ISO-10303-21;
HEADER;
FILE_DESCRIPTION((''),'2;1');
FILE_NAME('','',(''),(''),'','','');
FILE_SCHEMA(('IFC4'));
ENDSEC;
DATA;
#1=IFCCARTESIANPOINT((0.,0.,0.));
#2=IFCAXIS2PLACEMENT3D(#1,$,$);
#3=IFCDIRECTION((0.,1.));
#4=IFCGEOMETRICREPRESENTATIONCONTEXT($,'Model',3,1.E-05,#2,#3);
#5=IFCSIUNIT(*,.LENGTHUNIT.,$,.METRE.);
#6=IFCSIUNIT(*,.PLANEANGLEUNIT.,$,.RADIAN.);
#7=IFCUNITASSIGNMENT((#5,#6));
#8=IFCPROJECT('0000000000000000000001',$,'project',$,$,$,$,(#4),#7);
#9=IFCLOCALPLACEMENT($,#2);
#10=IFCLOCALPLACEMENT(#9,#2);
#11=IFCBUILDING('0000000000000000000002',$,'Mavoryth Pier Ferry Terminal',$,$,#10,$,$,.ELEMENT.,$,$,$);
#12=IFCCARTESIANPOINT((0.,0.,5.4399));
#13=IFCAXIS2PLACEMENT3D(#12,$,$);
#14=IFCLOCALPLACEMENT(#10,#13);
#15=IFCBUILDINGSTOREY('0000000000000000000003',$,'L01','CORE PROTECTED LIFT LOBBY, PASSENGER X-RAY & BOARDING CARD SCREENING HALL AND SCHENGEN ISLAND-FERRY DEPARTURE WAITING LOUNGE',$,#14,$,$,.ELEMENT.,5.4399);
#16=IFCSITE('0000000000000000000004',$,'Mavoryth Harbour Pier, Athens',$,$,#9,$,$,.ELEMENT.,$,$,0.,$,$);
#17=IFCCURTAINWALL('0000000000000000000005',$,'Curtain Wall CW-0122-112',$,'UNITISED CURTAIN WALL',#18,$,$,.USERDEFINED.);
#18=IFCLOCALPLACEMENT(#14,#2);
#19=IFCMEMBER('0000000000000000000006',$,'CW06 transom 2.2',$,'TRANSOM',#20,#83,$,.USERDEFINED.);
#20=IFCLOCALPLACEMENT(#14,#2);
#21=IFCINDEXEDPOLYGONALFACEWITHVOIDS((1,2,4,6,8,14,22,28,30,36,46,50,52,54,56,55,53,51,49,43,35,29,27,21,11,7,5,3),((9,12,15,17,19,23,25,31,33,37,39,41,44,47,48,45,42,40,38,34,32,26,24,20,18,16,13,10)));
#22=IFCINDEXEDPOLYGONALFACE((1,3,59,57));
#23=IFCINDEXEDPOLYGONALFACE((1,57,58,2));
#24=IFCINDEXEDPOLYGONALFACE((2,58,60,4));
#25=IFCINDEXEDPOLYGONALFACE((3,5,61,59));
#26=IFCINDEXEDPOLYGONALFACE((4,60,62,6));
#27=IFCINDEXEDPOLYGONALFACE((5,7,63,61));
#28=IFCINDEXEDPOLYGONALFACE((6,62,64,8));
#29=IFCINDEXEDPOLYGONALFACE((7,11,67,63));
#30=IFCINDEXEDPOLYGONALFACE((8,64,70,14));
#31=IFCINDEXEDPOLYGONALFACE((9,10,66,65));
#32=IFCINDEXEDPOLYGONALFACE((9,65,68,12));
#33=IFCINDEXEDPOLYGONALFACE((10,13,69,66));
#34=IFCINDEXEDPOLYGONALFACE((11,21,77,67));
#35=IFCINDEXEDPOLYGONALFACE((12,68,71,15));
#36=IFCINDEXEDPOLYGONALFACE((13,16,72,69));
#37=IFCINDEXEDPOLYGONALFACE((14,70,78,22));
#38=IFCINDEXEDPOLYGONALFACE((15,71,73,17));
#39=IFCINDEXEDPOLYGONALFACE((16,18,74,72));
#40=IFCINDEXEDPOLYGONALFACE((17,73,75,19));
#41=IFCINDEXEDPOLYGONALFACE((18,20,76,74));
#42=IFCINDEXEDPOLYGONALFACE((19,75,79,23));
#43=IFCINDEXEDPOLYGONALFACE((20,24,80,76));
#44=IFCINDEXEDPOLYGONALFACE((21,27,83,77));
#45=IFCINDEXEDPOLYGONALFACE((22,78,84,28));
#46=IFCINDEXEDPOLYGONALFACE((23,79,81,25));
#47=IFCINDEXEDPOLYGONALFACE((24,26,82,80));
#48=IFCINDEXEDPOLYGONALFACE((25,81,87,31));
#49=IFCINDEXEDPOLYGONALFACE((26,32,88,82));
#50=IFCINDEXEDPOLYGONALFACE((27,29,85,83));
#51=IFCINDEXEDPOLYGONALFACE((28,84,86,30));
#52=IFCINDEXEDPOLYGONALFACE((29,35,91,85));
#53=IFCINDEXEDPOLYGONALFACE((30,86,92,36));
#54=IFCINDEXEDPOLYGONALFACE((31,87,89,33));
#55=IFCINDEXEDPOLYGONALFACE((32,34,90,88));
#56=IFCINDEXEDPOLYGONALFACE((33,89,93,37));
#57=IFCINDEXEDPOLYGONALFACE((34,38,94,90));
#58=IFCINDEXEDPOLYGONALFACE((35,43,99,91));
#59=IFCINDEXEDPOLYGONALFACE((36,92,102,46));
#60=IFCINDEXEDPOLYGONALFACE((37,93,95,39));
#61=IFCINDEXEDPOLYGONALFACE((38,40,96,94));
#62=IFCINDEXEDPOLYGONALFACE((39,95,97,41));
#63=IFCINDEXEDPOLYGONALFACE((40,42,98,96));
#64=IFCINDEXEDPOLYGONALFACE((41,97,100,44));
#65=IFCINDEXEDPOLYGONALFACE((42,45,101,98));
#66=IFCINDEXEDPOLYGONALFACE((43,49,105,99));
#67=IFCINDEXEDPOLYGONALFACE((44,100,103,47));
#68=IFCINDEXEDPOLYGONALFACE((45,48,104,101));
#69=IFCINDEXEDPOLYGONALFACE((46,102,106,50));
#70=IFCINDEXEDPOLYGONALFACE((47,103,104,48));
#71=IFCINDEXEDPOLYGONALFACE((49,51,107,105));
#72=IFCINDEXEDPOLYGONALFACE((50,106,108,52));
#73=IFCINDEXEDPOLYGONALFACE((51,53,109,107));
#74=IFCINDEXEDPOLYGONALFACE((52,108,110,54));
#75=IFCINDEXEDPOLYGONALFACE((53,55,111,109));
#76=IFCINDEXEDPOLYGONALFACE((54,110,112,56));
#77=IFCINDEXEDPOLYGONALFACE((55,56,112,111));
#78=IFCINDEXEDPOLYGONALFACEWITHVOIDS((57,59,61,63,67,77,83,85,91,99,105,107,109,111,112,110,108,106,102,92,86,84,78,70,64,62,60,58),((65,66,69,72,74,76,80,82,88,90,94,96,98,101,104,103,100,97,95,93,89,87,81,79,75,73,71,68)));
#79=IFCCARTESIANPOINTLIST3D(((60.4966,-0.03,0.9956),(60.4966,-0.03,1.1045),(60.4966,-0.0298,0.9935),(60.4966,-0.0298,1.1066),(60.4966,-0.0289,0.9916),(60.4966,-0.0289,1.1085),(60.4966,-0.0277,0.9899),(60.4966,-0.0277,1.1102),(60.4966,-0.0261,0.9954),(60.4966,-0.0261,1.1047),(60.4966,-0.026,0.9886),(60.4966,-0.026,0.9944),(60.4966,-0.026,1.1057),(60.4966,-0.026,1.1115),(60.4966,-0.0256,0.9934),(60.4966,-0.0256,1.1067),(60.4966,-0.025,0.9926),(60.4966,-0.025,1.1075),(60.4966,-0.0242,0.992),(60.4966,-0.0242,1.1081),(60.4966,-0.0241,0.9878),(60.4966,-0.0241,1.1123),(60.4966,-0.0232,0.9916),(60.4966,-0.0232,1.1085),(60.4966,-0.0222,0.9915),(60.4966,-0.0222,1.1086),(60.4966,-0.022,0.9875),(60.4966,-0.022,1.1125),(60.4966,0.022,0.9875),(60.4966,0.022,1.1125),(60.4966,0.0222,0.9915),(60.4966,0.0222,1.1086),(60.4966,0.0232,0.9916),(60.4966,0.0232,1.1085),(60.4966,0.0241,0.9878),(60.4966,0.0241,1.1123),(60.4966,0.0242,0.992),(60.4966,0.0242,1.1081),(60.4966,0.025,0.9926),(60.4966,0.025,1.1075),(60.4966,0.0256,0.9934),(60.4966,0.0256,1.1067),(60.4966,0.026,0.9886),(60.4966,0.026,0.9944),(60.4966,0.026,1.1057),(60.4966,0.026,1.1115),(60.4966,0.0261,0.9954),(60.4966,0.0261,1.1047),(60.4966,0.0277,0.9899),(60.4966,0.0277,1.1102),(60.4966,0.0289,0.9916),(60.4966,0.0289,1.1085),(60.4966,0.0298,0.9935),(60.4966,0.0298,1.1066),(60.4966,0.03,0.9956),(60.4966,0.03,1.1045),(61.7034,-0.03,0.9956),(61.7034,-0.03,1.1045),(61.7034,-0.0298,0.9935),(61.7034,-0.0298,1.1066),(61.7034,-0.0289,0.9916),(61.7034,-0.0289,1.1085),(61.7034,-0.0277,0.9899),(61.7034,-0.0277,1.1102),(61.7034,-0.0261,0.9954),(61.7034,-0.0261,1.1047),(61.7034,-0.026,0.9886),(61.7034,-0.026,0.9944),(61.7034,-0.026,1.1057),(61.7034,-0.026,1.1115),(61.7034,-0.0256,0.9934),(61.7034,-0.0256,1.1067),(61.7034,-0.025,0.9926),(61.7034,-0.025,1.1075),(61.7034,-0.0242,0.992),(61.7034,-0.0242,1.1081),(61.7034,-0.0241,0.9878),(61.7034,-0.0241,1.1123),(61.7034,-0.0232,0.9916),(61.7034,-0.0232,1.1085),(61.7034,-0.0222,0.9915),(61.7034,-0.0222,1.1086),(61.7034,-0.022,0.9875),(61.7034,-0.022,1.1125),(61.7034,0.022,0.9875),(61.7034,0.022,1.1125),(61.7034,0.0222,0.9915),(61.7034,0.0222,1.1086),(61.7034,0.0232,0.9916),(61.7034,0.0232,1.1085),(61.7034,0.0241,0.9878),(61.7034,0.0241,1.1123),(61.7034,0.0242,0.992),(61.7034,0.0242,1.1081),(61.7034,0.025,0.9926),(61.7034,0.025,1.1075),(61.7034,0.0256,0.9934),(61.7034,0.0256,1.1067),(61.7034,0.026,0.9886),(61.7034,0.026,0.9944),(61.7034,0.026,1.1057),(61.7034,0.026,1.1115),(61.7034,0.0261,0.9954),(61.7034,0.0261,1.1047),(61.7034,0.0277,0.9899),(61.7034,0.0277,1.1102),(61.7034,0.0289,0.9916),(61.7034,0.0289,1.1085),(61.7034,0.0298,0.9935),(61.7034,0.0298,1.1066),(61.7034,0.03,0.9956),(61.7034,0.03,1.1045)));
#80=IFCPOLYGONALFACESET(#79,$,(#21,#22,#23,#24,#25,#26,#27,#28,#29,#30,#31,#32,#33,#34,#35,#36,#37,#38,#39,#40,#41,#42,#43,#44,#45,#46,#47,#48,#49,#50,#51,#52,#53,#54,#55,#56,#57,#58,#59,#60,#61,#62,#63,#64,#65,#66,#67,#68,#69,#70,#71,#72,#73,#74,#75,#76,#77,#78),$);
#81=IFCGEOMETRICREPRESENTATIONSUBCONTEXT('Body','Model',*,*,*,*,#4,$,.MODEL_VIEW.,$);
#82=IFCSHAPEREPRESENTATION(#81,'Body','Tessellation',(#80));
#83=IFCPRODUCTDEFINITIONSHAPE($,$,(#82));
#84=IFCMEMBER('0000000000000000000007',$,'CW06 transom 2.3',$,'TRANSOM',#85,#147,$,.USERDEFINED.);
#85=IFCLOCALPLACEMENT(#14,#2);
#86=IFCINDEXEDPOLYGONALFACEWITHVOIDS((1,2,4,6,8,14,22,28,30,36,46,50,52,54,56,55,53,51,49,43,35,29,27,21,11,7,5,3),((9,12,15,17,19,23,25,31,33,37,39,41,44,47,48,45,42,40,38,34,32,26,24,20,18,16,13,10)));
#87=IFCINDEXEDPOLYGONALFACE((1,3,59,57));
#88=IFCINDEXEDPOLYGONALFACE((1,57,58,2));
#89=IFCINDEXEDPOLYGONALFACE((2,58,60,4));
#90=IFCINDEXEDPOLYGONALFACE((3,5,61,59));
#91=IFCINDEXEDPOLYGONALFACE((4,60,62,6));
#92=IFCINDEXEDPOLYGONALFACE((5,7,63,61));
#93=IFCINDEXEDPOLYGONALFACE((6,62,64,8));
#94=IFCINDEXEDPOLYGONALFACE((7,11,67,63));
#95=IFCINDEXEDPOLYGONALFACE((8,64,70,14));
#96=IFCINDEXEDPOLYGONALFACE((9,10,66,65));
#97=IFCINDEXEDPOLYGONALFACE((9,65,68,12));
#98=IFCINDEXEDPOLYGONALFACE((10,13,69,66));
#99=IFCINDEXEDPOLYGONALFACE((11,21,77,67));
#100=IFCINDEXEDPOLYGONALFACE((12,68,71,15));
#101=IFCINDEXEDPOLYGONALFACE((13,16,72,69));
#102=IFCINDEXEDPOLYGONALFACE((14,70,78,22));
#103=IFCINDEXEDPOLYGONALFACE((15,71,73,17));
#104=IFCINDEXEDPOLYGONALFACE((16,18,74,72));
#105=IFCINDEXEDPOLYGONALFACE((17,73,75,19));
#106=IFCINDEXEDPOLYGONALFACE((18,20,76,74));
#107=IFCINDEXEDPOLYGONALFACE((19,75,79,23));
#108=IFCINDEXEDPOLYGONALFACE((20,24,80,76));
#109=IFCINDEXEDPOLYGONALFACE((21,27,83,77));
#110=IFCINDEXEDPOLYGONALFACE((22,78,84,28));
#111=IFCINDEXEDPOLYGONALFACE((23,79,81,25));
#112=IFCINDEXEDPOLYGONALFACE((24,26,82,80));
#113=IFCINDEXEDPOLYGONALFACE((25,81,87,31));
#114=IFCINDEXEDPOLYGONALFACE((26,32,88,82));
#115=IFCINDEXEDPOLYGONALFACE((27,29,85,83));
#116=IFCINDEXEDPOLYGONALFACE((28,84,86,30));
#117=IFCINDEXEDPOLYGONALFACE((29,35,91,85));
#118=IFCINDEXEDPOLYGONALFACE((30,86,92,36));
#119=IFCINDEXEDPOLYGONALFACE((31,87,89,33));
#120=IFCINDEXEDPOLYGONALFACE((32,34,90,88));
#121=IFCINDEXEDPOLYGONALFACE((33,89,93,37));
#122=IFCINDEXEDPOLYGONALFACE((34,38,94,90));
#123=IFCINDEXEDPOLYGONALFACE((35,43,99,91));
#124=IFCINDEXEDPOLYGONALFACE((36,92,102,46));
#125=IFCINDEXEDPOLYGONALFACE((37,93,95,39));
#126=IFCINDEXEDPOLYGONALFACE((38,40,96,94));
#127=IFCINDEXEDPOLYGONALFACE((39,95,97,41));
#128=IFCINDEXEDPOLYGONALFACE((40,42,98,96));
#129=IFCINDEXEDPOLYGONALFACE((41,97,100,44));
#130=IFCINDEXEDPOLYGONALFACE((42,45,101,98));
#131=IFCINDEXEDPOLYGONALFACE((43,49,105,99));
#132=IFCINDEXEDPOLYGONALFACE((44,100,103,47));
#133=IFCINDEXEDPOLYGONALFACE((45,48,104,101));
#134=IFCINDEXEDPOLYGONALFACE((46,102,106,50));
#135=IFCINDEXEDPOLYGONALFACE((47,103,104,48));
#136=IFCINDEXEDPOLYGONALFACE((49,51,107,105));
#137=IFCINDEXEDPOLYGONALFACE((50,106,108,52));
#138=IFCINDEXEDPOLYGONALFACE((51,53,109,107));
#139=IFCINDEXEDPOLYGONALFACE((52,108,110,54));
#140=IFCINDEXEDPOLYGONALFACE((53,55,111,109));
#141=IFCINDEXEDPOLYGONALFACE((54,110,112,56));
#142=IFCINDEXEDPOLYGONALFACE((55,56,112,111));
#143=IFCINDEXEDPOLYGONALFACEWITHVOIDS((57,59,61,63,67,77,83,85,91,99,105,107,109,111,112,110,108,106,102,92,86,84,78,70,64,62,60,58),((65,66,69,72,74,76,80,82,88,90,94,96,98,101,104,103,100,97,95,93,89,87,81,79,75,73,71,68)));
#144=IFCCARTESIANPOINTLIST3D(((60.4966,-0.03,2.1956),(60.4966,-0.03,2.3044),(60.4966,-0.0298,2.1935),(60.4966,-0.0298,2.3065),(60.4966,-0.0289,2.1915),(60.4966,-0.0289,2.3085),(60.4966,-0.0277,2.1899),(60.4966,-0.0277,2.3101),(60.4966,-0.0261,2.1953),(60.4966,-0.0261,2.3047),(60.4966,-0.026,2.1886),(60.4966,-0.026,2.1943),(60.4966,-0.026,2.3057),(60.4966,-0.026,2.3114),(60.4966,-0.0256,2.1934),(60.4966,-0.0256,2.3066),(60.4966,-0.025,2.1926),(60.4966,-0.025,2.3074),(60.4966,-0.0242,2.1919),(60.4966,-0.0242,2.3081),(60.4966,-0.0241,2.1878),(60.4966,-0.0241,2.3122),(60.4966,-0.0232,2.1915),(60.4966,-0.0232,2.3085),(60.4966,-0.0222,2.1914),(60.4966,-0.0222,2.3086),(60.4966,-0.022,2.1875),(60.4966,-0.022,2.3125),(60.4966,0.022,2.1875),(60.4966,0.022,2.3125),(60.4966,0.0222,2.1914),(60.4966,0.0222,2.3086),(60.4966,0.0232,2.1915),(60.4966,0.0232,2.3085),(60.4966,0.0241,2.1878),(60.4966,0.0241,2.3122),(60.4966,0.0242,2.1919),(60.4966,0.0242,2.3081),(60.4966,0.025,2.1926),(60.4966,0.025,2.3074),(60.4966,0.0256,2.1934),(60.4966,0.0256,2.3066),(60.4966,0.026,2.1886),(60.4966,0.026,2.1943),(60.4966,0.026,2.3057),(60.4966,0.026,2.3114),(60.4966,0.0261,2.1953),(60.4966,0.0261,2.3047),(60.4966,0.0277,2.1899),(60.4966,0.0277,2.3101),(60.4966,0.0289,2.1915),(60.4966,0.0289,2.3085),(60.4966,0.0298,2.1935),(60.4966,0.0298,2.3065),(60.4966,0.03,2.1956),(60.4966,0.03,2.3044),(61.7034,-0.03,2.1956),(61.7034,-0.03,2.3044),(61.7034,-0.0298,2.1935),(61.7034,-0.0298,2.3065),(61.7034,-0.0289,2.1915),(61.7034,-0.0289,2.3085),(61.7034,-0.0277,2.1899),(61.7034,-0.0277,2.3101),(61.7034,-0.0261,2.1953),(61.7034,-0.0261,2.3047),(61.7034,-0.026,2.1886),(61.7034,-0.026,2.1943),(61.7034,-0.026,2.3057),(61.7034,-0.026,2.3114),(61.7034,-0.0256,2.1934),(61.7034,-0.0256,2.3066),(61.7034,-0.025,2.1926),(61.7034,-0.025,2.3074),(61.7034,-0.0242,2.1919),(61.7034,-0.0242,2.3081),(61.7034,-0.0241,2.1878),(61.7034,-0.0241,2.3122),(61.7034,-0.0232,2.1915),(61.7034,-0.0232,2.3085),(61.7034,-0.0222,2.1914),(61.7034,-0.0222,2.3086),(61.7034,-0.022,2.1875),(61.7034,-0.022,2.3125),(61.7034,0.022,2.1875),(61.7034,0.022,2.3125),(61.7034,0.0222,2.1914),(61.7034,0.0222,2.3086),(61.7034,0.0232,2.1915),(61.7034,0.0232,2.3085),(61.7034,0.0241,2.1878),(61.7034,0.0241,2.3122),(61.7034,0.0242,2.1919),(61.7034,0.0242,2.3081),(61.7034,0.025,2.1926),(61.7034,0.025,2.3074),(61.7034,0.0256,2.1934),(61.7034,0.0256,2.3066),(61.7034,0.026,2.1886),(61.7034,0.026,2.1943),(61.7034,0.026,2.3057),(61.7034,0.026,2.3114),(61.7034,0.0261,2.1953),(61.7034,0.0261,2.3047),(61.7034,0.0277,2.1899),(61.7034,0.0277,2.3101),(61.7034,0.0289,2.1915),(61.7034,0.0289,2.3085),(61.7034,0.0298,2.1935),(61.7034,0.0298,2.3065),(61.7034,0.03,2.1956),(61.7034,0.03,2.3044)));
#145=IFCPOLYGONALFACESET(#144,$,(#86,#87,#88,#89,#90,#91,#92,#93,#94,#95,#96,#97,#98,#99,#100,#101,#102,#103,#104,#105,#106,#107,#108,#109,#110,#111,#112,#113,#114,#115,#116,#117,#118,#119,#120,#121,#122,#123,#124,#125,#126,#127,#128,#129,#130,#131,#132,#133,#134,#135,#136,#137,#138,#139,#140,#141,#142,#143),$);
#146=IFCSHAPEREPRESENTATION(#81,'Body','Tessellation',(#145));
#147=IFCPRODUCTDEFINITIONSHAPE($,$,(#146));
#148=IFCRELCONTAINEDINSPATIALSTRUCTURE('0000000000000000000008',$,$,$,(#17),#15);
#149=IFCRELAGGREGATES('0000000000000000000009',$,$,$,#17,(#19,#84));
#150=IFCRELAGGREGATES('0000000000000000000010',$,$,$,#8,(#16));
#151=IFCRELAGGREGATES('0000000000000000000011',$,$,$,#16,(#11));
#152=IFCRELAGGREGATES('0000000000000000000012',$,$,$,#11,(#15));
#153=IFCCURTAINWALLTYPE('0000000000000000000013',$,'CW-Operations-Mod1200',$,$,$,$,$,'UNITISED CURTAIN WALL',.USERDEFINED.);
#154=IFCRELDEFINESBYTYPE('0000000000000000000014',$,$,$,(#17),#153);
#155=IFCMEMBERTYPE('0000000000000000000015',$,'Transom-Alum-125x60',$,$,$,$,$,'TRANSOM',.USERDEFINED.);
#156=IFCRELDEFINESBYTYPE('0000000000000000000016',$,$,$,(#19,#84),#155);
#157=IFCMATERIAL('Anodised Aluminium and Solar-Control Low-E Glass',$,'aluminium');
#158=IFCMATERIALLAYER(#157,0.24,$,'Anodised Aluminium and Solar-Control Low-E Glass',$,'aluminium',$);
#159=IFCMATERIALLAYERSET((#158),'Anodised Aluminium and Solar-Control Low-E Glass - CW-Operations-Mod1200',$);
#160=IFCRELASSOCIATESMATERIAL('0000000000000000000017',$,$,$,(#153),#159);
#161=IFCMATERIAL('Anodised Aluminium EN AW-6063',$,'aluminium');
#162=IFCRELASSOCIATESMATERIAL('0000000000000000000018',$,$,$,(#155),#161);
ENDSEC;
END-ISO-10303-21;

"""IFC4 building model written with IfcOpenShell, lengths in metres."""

from ifc_helpers import new_model, si_unit, direction, frame, origin, origin_2d, place, context, subcontext, project, spatial, hollow_rectangle, extrude, material, layer, layer_set, material_profile, profile_set, type_object, element, aggregate, save


model = new_model("IFC4")

# Units and contexts
model_context = context("Model", 3, precision=1e-05, world=origin(), true_north=direction((0.0, 1.0)))
body_context = subcontext(model_context, "Body", "Model", "MODEL_VIEW")
ifc_project = project(units=[si_unit("LENGTHUNIT", "METRE"), si_unit("PLANEANGLEUNIT", "RADIAN")], contexts=[model_context])

# Site, building, storey
site_placement = place(None, origin())
site = spatial("IfcSite", under=ifc_project, at=site_placement, Name="Mavoryth Harbour Pier, Athens", CompositionType="ELEMENT", RefElevation=0.0)
building_placement = place(site_placement, origin())
building = spatial("IfcBuilding", under=site, at=building_placement, Name="Mavoryth Pier Ferry Terminal", CompositionType="ELEMENT")
storey_placement = place(building_placement, frame((0.0, 0.0, 5.4399)))
storey = spatial("IfcBuildingStorey", under=building, at=storey_placement, Name="L01", Description="CORE PROTECTED LIFT LOBBY, PASSENGER X-RAY & BOARDING CARD SCREENING HALL AND SCHENGEN ISLAND-FERRY DEPARTURE WAITING LOUNGE", CompositionType="ELEMENT", Elevation=5.4399)

# Curtain wall, members
ifc_material_1 = material(Name="Anodised Aluminium and Solar-Control Low-E Glass", Category="aluminium")
ifc_layer_1 = layer(ifc_material_1, 0.24, Name="Anodised Aluminium and Solar-Control Low-E Glass", Category="aluminium")
ifc_layer_set_1 = layer_set([ifc_layer_1], Name="Anodised Aluminium and Solar-Control Low-E Glass - CW-Operations-Mod1200")
curtain_wall_type = type_object("IfcCurtainWallType", Name="CW-Operations-Mod1200", ElementType="UNITISED CURTAIN WALL", PredefinedType="USERDEFINED", material=ifc_layer_set_1)
curtain_wall_placement = place(storey_placement, origin())
curtain_wall = element("IfcCurtainWall", 1, at=curtain_wall_placement, inside=storey, type_object=curtain_wall_type, Name="Curtain Wall CW-0122-112", ObjectType="UNITISED CURTAIN WALL", PredefinedType="USERDEFINED")
ifc_material_2 = material(Name="Anodised Aluminium EN AW-6063", Category="aluminium")
ifc_material_profile_1 = material_profile(ifc_material_2, hollow_rectangle(XDim=0.0601, YDim=0.125, WallThickness=0.0039, InnerFilletRadius=0.0039, OuterFilletRadius=0.0081, at=origin_2d()), Name="AL-TRAN 125x60x4", Category="aluminium")
ifc_profile_set_1 = profile_set([ifc_material_profile_1], Name="Anodised Aluminium EN AW-6063 - AL-TRAN 125x60x4")
member_type_1 = type_object("IfcMemberType", Name="Transom-Alum-125x60", ElementType="TRANSOM", PredefinedType="USERDEFINED", material=ifc_profile_set_1)
member_1_placement = place(storey_placement, frame((60.4966, 0.0, 1.05), z_axis=(1.0, 0.0, 0.0), x_axis=(0.0, 1.0, 0.0)))
member_1 = element("IfcMember", 2, at=member_1_placement, type_object=member_type_1, Name="CW06 transom 2.2", ObjectType="TRANSOM", PredefinedType="USERDEFINED", context=body_context, shape_type="SweptSolid", body=[
    extrude(hollow_rectangle(XDim=0.0601, YDim=0.125, WallThickness=0.0039, InnerFilletRadius=0.0039, OuterFilletRadius=0.0081, at=origin_2d()), origin(), (0.0, 0.0, 1.0), 1.2068),
])
member_2_placement = place(storey_placement, frame((60.4966, 0.0, 2.25), z_axis=(1.0, 0.0, 0.0), x_axis=(0.0, 1.0, 0.0)))
member_2 = element("IfcMember", 3, at=member_2_placement, type_object=member_type_1, Name="CW06 transom 2.3", ObjectType="TRANSOM", PredefinedType="USERDEFINED", context=body_context, shape_type="SweptSolid", body=[
    extrude(hollow_rectangle(XDim=0.0601, YDim=0.125, WallThickness=0.0039, InnerFilletRadius=0.0039, OuterFilletRadius=0.0081, at=origin_2d()), origin(), (0.0, 0.0, 1.0), 1.2068),
])
aggregate(curtain_wall, [member_1, member_2])

save(model, "model.ifc")
